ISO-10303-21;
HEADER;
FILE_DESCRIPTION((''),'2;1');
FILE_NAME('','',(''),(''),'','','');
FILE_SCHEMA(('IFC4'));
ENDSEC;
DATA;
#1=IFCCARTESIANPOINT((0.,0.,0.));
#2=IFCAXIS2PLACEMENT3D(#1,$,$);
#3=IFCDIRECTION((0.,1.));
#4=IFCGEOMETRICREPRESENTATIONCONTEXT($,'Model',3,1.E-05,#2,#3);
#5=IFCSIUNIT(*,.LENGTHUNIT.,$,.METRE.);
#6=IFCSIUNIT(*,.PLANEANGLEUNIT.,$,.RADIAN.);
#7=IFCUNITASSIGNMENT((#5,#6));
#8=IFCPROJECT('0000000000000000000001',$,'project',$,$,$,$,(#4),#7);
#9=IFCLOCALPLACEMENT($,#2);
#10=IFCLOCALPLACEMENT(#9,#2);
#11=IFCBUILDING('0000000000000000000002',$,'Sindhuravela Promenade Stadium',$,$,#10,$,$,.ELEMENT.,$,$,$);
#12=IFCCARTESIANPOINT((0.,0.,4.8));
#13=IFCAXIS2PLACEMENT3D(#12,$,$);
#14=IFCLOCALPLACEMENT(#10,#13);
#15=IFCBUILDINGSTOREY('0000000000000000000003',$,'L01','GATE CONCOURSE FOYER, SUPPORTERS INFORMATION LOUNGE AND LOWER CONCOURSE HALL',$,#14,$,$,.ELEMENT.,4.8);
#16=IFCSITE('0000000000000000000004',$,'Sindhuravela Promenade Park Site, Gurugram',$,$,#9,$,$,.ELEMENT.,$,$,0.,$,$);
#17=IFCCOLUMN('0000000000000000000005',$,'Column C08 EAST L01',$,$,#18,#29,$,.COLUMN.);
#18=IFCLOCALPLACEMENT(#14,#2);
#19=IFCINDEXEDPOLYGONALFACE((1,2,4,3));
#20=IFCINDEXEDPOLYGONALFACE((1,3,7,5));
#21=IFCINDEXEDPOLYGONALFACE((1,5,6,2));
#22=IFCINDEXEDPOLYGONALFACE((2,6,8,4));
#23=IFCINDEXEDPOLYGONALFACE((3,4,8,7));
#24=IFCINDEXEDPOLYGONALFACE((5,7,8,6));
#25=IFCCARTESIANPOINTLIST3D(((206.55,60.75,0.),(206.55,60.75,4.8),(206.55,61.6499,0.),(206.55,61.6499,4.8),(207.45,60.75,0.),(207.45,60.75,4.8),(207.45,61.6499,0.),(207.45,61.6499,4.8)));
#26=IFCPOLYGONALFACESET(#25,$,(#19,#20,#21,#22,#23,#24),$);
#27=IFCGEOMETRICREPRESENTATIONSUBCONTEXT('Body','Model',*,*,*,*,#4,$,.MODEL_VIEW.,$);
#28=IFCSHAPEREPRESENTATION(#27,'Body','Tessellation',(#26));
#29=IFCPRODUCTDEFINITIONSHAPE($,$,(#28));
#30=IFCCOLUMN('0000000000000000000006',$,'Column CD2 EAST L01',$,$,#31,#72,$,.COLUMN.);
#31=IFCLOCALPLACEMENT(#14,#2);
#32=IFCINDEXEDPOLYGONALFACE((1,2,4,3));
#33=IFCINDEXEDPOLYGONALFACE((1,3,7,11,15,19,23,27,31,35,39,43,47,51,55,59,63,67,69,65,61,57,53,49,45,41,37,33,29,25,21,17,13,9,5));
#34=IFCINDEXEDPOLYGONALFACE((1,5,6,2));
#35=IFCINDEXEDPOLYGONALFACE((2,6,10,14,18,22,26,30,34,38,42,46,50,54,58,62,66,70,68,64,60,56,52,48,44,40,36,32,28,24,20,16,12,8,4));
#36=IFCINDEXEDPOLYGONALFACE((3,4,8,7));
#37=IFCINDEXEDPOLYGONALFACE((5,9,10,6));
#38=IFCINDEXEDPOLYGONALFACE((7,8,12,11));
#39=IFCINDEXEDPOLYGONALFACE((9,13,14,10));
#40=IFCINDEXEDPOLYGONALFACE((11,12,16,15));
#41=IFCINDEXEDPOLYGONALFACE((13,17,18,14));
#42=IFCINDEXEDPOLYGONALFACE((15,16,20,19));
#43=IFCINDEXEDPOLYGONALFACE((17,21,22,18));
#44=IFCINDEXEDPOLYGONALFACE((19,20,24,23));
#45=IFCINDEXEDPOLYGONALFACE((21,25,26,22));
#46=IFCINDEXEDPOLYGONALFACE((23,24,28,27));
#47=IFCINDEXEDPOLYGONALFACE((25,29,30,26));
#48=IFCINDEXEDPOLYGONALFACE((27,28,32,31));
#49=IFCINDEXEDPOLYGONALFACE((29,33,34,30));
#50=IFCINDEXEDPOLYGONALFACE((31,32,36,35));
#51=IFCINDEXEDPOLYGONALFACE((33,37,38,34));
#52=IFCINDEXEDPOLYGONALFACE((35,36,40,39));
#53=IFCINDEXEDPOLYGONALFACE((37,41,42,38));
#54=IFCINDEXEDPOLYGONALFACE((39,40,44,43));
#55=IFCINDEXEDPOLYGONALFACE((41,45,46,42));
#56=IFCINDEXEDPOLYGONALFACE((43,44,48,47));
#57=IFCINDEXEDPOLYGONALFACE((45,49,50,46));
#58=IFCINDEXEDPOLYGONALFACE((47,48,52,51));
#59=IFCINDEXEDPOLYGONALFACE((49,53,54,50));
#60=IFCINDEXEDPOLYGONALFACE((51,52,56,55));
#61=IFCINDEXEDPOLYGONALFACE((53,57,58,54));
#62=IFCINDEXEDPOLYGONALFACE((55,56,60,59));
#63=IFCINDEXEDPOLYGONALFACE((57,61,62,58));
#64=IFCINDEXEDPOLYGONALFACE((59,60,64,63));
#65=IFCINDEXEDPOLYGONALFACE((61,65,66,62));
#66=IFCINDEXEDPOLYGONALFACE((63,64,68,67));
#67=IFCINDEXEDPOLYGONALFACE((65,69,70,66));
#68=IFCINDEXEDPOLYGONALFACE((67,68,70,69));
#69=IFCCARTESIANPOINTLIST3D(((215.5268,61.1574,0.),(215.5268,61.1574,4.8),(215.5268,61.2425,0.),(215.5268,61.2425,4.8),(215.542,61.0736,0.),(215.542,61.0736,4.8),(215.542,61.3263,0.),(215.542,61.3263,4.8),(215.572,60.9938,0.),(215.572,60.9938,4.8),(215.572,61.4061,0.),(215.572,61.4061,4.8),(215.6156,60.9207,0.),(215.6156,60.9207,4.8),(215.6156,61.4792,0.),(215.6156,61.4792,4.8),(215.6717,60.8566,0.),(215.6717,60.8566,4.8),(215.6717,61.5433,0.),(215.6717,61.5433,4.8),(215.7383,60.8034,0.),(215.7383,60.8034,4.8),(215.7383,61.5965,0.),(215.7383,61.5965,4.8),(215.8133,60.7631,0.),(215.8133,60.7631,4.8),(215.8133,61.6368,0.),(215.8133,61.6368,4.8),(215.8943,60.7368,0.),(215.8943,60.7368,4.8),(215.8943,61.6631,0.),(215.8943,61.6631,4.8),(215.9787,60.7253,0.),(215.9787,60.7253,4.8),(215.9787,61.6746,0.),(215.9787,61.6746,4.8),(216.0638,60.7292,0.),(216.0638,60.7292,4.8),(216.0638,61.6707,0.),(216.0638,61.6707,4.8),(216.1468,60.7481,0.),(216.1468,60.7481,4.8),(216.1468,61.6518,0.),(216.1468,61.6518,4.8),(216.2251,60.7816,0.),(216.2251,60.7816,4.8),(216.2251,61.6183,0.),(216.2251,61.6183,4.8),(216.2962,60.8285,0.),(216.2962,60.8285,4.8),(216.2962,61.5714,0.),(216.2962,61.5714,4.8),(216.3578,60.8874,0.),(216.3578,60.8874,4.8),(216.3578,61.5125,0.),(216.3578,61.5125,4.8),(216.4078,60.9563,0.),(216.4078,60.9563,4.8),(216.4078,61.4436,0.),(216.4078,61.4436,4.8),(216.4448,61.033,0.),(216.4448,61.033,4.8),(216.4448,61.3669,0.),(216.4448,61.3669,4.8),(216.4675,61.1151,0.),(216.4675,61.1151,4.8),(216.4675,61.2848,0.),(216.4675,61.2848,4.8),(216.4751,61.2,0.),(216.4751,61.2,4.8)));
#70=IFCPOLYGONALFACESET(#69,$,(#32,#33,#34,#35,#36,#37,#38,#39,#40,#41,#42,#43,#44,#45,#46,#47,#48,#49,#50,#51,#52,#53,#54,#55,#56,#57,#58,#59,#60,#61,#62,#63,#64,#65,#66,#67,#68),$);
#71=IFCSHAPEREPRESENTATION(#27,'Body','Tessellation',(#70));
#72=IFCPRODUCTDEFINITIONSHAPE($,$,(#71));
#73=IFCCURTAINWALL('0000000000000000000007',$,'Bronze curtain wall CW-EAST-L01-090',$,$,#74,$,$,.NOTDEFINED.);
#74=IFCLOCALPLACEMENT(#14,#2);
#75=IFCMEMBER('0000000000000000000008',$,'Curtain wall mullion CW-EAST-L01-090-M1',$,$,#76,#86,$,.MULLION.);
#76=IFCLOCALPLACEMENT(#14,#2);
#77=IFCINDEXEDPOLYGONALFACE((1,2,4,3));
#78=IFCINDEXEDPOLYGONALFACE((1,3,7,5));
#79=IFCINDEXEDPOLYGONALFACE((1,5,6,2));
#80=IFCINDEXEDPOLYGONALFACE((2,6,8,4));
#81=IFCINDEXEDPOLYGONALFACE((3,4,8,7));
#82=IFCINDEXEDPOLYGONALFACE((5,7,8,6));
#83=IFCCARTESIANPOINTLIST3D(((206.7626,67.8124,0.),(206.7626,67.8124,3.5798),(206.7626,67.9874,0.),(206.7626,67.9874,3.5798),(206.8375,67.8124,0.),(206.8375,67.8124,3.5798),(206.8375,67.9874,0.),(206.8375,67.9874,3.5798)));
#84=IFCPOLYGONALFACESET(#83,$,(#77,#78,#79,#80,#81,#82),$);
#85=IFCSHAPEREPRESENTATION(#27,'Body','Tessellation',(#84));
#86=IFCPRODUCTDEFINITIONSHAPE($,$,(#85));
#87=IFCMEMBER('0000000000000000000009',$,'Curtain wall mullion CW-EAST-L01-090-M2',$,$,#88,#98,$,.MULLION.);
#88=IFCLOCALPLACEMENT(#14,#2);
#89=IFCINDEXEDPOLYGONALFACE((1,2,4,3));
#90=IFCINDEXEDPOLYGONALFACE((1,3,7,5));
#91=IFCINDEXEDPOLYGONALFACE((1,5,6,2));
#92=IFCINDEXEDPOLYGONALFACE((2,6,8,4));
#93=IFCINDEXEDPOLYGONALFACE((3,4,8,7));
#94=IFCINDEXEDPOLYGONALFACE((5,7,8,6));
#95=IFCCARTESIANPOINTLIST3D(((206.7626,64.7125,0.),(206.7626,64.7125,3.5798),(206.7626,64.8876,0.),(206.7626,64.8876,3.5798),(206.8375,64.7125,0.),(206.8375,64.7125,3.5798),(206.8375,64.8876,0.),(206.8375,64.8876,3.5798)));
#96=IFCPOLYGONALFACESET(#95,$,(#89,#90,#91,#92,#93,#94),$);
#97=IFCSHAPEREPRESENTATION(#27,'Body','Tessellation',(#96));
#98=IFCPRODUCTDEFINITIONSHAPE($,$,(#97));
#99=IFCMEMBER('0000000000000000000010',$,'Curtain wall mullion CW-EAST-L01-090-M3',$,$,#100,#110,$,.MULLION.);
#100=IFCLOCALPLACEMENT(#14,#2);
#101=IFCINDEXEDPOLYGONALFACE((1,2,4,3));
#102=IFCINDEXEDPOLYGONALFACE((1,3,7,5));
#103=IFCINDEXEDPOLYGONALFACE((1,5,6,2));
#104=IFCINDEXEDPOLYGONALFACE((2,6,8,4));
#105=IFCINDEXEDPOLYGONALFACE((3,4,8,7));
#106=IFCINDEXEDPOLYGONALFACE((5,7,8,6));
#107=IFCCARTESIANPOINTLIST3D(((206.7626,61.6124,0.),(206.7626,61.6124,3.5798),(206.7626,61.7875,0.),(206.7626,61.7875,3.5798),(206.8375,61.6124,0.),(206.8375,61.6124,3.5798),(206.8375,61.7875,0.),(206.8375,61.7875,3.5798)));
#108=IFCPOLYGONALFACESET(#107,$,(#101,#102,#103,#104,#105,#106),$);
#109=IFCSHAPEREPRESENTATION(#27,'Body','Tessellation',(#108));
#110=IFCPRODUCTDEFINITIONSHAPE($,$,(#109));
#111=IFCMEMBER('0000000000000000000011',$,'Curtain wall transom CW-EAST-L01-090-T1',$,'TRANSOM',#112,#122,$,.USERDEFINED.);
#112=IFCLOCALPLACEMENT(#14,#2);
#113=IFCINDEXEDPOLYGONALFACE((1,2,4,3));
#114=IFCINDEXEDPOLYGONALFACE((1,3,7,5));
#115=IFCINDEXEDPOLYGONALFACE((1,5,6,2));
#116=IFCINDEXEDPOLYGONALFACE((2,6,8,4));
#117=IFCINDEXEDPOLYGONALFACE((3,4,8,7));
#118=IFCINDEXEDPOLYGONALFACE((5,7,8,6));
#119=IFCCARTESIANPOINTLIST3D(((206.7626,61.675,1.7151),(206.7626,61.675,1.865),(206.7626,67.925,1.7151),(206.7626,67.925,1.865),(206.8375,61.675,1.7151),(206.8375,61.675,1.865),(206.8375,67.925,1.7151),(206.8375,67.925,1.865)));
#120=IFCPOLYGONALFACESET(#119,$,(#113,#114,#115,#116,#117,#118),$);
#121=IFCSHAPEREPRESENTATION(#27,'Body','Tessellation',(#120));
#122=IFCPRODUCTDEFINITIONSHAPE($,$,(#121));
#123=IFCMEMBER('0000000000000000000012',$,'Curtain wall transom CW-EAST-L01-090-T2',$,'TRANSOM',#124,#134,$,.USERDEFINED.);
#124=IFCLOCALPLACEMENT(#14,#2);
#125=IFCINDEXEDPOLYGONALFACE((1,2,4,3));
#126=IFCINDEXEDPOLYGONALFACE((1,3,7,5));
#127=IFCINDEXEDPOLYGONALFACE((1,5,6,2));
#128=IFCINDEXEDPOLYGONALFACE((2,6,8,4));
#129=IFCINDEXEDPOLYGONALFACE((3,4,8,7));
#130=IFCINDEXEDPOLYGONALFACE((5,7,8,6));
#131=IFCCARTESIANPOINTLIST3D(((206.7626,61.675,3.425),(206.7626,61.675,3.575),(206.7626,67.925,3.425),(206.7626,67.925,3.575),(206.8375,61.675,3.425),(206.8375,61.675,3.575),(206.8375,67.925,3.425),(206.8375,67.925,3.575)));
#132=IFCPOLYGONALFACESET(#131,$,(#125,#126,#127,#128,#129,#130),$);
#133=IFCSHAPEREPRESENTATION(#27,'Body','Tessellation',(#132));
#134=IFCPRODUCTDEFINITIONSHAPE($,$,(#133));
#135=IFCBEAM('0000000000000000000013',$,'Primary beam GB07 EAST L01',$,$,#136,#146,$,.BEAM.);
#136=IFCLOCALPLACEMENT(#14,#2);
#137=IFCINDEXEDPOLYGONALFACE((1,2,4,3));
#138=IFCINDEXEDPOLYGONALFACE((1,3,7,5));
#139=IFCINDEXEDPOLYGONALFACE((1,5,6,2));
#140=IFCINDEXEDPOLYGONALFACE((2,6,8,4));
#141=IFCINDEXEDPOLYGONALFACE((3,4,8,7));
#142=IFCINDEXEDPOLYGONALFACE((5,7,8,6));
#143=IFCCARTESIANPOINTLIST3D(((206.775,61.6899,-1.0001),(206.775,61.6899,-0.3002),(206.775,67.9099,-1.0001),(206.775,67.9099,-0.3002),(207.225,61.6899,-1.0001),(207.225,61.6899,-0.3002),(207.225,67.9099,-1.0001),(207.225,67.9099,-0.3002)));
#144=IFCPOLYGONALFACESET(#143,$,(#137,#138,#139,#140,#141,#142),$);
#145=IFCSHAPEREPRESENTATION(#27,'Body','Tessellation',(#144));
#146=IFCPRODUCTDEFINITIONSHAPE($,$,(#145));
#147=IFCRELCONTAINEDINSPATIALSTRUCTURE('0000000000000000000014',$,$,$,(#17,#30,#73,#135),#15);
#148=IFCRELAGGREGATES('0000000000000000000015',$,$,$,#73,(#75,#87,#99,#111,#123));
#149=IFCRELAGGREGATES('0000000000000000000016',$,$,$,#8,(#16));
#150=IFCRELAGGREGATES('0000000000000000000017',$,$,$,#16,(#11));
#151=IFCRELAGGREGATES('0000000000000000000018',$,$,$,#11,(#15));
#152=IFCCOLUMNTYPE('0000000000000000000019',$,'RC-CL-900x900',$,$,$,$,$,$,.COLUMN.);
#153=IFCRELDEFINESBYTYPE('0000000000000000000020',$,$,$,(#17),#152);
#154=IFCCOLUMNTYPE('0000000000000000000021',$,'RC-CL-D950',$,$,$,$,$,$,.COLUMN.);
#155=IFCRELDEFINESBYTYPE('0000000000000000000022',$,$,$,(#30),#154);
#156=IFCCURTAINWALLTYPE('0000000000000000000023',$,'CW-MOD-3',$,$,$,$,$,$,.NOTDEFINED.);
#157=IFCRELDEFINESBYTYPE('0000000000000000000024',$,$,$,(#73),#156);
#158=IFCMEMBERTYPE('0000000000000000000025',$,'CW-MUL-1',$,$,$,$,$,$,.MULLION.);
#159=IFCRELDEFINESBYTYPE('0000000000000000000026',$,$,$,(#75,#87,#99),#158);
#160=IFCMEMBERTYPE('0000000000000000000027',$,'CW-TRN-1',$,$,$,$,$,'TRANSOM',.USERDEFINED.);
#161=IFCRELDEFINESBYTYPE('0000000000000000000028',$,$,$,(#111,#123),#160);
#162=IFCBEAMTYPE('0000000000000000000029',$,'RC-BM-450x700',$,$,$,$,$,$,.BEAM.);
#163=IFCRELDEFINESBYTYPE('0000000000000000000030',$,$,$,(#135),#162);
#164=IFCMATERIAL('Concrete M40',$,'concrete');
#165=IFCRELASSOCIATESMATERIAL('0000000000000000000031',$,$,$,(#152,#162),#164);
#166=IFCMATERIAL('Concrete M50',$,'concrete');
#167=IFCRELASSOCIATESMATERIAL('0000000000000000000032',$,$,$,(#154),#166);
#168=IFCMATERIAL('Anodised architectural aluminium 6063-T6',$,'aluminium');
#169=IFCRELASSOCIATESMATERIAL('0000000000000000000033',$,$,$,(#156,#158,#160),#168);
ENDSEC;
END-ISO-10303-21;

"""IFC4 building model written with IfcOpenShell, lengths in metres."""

from ifc_helpers import new_model, si_unit, direction, frame, origin, origin_2d, place, context, subcontext, project, spatial, rectangle, circle, extrude, material, material_profile, profile_set, type_object, element, aggregate, save


model = new_model("IFC4")

# Units and contexts
model_context = context("Model", 3, precision=1e-05, world=origin(), true_north=direction((0.0, 1.0)))
body_context = subcontext(model_context, "Body", "Model", "MODEL_VIEW")
ifc_project = project(units=[si_unit("LENGTHUNIT", "METRE"), si_unit("PLANEANGLEUNIT", "RADIAN")], contexts=[model_context])

# Site, building, storey
site_placement = place(None, origin())
site = spatial("IfcSite", under=ifc_project, at=site_placement, Name="Sindhuravela Promenade Park Site, Gurugram", CompositionType="ELEMENT", RefElevation=0.0)
building_placement = place(site_placement, origin())
building = spatial("IfcBuilding", under=site, at=building_placement, Name="Sindhuravela Promenade Stadium", CompositionType="ELEMENT")
storey_placement = place(building_placement, frame((0.0, 0.0, 4.8)))
storey = spatial("IfcBuildingStorey", under=building, at=storey_placement, Name="L01", Description="GATE CONCOURSE FOYER, SUPPORTERS INFORMATION LOUNGE AND LOWER CONCOURSE HALL", CompositionType="ELEMENT", Elevation=4.8)

# Columns
ifc_material_1 = material(Name="Concrete M40", Category="concrete")
ifc_material_profile_1 = material_profile(ifc_material_1, rectangle(XDim=0.8999, YDim=0.8999, at=origin_2d()), Name="RC 900x900")
ifc_profile_set_1 = profile_set([ifc_material_profile_1], Name="Concrete M40")
column_type_1 = type_object("IfcColumnType", Name="RC-CL-900x900", PredefinedType="COLUMN", material=ifc_profile_set_1)
column_1_placement = place(storey_placement, frame((207.0, 61.2, 0.0), z_axis=(0.0, 0.0, 1.0), x_axis=(1.0, 0.0, 0.0)))
element("IfcColumn", 1, at=column_1_placement, inside=storey, type_object=column_type_1, Name="Column C08 EAST L01", PredefinedType="COLUMN", context=body_context, shape_type="SweptSolid", body=[
    extrude(rectangle(XDim=0.8999, YDim=0.8999, at=origin_2d()), origin(), (0.0, 0.0, 1.0), 4.8),
])
ifc_material_2 = material(Name="Concrete M50", Category="concrete")
ifc_material_profile_2 = material_profile(ifc_material_2, circle(Radius=0.4751, at=origin_2d()), Name="RC D950")
ifc_profile_set_2 = profile_set([ifc_material_profile_2], Name="Concrete M50")
column_type_2 = type_object("IfcColumnType", Name="RC-CL-D950", PredefinedType="COLUMN", material=ifc_profile_set_2)
column_2_placement = place(storey_placement, frame((216.0, 61.2, 0.0), z_axis=(0.0, 0.0, 1.0), x_axis=(1.0, 0.0, 0.0)))
element("IfcColumn", 2, at=column_2_placement, inside=storey, type_object=column_type_2, Name="Column CD2 EAST L01", PredefinedType="COLUMN", context=body_context, shape_type="SweptSolid", body=[
    extrude(circle(Radius=0.4751, at=origin_2d()), origin(), (0.0, 0.0, 1.0), 4.8),
])

# Curtain wall, members
ifc_material_3 = material(Name="Anodised architectural aluminium 6063-T6", Category="aluminium")
curtain_wall_type = type_object("IfcCurtainWallType", Name="CW-MOD-3", PredefinedType="NOTDEFINED", material=ifc_material_3)
curtain_wall_placement = place(storey_placement, origin())
curtain_wall = element("IfcCurtainWall", 3, at=curtain_wall_placement, inside=storey, type_object=curtain_wall_type, Name="Bronze curtain wall CW-EAST-L01-090", PredefinedType="NOTDEFINED")
ifc_material_profile_3 = material_profile(ifc_material_3, rectangle(XDim=0.075, YDim=0.175, at=origin_2d()), Name="ALU MULL 75x175")
ifc_profile_set_3 = profile_set([ifc_material_profile_3], Name="Anodised architectural aluminium 6063-T6")
member_type_1 = type_object("IfcMemberType", Name="CW-MUL-1", PredefinedType="MULLION", material=ifc_profile_set_3)
member_1_placement = place(storey_placement, frame((206.8, 67.8999, 0.0), z_axis=(0.0, 0.0, 1.0), x_axis=(1.0, 0.0, 0.0)))
member_1 = element("IfcMember", 4, at=member_1_placement, type_object=member_type_1, Name="Curtain wall mullion CW-EAST-L01-090-M1", PredefinedType="MULLION", context=body_context, shape_type="SweptSolid", body=[
    extrude(rectangle(XDim=0.075, YDim=0.175, at=origin_2d()), origin(), (0.0, 0.0, 1.0), 3.5798),
])
member_2_placement = place(storey_placement, frame((206.8, 64.8, 0.0), z_axis=(0.0, 0.0, 1.0), x_axis=(1.0, 0.0, 0.0)))
member_2 = element("IfcMember", 5, at=member_2_placement, type_object=member_type_1, Name="Curtain wall mullion CW-EAST-L01-090-M2", PredefinedType="MULLION", context=body_context, shape_type="SweptSolid", body=[
    extrude(rectangle(XDim=0.075, YDim=0.175, at=origin_2d()), origin(), (0.0, 0.0, 1.0), 3.5798),
])
member_3_placement = place(storey_placement, frame((206.8, 61.7, 0.0), z_axis=(0.0, 0.0, 1.0), x_axis=(1.0, 0.0, 0.0)))
member_3 = element("IfcMember", 6, at=member_3_placement, type_object=member_type_1, Name="Curtain wall mullion CW-EAST-L01-090-M3", PredefinedType="MULLION", context=body_context, shape_type="SweptSolid", body=[
    extrude(rectangle(XDim=0.075, YDim=0.175, at=origin_2d()), origin(), (0.0, 0.0, 1.0), 3.5798),
])
ifc_material_profile_4 = material_profile(ifc_material_3, rectangle(XDim=0.075, YDim=0.1499, at=origin_2d()), Name="ALU TRAN 75x150")
ifc_profile_set_4 = profile_set([ifc_material_profile_4], Name="Anodised architectural aluminium 6063-T6")
member_type_2 = type_object("IfcMemberType", Name="CW-TRN-1", ElementType="TRANSOM", PredefinedType="USERDEFINED", material=ifc_profile_set_4)
member_4_placement = place(storey_placement, frame((206.8, 67.925, 1.79), z_axis=(0.0, -1.0, 0.0), x_axis=(1.0, 0.0, 0.0)))
member_4 = element("IfcMember", 7, at=member_4_placement, type_object=member_type_2, Name="Curtain wall transom CW-EAST-L01-090-T1", ObjectType="TRANSOM", PredefinedType="USERDEFINED", context=body_context, shape_type="SweptSolid", body=[
    extrude(rectangle(XDim=0.075, YDim=0.1499, at=origin_2d()), origin(), (0.0, 0.0, 1.0), 6.25),
])
member_5_placement = place(storey_placement, frame((206.8, 67.925, 3.5), z_axis=(0.0, -1.0, 0.0), x_axis=(1.0, 0.0, 0.0)))
member_5 = element("IfcMember", 8, at=member_5_placement, type_object=member_type_2, Name="Curtain wall transom CW-EAST-L01-090-T2", ObjectType="TRANSOM", PredefinedType="USERDEFINED", context=body_context, shape_type="SweptSolid", body=[
    extrude(rectangle(XDim=0.075, YDim=0.1499, at=origin_2d()), origin(), (0.0, 0.0, 1.0), 6.25),
])

# Beam
ifc_material_profile_5 = material_profile(ifc_material_1, rectangle(XDim=0.45, YDim=0.7, at=origin_2d()), Name="RC 450x700")
ifc_profile_set_5 = profile_set([ifc_material_profile_5], Name="Concrete M40")
beam_type_1 = type_object("IfcBeamType", Name="RC-BM-450x700", PredefinedType="BEAM", material=ifc_profile_set_5)
beam_1_placement = place(storey_placement, frame((207.0, 61.6899, -0.6501), z_axis=(0.0, 1.0, 0.0), x_axis=(-1.0, 0.0, 0.0)))
element("IfcBeam", 9, at=beam_1_placement, inside=storey, type_object=beam_type_1, Name="Primary beam GB07 EAST L01", PredefinedType="BEAM", context=body_context, shape_type="SweptSolid", body=[
    extrude(rectangle(XDim=0.45, YDim=0.7, at=origin_2d()), origin(), (0.0, 0.0, 1.0), 6.22),
])

aggregate(curtain_wall, [member_1, member_2, member_3, member_4, member_5])

save(model, "model.ifc")
